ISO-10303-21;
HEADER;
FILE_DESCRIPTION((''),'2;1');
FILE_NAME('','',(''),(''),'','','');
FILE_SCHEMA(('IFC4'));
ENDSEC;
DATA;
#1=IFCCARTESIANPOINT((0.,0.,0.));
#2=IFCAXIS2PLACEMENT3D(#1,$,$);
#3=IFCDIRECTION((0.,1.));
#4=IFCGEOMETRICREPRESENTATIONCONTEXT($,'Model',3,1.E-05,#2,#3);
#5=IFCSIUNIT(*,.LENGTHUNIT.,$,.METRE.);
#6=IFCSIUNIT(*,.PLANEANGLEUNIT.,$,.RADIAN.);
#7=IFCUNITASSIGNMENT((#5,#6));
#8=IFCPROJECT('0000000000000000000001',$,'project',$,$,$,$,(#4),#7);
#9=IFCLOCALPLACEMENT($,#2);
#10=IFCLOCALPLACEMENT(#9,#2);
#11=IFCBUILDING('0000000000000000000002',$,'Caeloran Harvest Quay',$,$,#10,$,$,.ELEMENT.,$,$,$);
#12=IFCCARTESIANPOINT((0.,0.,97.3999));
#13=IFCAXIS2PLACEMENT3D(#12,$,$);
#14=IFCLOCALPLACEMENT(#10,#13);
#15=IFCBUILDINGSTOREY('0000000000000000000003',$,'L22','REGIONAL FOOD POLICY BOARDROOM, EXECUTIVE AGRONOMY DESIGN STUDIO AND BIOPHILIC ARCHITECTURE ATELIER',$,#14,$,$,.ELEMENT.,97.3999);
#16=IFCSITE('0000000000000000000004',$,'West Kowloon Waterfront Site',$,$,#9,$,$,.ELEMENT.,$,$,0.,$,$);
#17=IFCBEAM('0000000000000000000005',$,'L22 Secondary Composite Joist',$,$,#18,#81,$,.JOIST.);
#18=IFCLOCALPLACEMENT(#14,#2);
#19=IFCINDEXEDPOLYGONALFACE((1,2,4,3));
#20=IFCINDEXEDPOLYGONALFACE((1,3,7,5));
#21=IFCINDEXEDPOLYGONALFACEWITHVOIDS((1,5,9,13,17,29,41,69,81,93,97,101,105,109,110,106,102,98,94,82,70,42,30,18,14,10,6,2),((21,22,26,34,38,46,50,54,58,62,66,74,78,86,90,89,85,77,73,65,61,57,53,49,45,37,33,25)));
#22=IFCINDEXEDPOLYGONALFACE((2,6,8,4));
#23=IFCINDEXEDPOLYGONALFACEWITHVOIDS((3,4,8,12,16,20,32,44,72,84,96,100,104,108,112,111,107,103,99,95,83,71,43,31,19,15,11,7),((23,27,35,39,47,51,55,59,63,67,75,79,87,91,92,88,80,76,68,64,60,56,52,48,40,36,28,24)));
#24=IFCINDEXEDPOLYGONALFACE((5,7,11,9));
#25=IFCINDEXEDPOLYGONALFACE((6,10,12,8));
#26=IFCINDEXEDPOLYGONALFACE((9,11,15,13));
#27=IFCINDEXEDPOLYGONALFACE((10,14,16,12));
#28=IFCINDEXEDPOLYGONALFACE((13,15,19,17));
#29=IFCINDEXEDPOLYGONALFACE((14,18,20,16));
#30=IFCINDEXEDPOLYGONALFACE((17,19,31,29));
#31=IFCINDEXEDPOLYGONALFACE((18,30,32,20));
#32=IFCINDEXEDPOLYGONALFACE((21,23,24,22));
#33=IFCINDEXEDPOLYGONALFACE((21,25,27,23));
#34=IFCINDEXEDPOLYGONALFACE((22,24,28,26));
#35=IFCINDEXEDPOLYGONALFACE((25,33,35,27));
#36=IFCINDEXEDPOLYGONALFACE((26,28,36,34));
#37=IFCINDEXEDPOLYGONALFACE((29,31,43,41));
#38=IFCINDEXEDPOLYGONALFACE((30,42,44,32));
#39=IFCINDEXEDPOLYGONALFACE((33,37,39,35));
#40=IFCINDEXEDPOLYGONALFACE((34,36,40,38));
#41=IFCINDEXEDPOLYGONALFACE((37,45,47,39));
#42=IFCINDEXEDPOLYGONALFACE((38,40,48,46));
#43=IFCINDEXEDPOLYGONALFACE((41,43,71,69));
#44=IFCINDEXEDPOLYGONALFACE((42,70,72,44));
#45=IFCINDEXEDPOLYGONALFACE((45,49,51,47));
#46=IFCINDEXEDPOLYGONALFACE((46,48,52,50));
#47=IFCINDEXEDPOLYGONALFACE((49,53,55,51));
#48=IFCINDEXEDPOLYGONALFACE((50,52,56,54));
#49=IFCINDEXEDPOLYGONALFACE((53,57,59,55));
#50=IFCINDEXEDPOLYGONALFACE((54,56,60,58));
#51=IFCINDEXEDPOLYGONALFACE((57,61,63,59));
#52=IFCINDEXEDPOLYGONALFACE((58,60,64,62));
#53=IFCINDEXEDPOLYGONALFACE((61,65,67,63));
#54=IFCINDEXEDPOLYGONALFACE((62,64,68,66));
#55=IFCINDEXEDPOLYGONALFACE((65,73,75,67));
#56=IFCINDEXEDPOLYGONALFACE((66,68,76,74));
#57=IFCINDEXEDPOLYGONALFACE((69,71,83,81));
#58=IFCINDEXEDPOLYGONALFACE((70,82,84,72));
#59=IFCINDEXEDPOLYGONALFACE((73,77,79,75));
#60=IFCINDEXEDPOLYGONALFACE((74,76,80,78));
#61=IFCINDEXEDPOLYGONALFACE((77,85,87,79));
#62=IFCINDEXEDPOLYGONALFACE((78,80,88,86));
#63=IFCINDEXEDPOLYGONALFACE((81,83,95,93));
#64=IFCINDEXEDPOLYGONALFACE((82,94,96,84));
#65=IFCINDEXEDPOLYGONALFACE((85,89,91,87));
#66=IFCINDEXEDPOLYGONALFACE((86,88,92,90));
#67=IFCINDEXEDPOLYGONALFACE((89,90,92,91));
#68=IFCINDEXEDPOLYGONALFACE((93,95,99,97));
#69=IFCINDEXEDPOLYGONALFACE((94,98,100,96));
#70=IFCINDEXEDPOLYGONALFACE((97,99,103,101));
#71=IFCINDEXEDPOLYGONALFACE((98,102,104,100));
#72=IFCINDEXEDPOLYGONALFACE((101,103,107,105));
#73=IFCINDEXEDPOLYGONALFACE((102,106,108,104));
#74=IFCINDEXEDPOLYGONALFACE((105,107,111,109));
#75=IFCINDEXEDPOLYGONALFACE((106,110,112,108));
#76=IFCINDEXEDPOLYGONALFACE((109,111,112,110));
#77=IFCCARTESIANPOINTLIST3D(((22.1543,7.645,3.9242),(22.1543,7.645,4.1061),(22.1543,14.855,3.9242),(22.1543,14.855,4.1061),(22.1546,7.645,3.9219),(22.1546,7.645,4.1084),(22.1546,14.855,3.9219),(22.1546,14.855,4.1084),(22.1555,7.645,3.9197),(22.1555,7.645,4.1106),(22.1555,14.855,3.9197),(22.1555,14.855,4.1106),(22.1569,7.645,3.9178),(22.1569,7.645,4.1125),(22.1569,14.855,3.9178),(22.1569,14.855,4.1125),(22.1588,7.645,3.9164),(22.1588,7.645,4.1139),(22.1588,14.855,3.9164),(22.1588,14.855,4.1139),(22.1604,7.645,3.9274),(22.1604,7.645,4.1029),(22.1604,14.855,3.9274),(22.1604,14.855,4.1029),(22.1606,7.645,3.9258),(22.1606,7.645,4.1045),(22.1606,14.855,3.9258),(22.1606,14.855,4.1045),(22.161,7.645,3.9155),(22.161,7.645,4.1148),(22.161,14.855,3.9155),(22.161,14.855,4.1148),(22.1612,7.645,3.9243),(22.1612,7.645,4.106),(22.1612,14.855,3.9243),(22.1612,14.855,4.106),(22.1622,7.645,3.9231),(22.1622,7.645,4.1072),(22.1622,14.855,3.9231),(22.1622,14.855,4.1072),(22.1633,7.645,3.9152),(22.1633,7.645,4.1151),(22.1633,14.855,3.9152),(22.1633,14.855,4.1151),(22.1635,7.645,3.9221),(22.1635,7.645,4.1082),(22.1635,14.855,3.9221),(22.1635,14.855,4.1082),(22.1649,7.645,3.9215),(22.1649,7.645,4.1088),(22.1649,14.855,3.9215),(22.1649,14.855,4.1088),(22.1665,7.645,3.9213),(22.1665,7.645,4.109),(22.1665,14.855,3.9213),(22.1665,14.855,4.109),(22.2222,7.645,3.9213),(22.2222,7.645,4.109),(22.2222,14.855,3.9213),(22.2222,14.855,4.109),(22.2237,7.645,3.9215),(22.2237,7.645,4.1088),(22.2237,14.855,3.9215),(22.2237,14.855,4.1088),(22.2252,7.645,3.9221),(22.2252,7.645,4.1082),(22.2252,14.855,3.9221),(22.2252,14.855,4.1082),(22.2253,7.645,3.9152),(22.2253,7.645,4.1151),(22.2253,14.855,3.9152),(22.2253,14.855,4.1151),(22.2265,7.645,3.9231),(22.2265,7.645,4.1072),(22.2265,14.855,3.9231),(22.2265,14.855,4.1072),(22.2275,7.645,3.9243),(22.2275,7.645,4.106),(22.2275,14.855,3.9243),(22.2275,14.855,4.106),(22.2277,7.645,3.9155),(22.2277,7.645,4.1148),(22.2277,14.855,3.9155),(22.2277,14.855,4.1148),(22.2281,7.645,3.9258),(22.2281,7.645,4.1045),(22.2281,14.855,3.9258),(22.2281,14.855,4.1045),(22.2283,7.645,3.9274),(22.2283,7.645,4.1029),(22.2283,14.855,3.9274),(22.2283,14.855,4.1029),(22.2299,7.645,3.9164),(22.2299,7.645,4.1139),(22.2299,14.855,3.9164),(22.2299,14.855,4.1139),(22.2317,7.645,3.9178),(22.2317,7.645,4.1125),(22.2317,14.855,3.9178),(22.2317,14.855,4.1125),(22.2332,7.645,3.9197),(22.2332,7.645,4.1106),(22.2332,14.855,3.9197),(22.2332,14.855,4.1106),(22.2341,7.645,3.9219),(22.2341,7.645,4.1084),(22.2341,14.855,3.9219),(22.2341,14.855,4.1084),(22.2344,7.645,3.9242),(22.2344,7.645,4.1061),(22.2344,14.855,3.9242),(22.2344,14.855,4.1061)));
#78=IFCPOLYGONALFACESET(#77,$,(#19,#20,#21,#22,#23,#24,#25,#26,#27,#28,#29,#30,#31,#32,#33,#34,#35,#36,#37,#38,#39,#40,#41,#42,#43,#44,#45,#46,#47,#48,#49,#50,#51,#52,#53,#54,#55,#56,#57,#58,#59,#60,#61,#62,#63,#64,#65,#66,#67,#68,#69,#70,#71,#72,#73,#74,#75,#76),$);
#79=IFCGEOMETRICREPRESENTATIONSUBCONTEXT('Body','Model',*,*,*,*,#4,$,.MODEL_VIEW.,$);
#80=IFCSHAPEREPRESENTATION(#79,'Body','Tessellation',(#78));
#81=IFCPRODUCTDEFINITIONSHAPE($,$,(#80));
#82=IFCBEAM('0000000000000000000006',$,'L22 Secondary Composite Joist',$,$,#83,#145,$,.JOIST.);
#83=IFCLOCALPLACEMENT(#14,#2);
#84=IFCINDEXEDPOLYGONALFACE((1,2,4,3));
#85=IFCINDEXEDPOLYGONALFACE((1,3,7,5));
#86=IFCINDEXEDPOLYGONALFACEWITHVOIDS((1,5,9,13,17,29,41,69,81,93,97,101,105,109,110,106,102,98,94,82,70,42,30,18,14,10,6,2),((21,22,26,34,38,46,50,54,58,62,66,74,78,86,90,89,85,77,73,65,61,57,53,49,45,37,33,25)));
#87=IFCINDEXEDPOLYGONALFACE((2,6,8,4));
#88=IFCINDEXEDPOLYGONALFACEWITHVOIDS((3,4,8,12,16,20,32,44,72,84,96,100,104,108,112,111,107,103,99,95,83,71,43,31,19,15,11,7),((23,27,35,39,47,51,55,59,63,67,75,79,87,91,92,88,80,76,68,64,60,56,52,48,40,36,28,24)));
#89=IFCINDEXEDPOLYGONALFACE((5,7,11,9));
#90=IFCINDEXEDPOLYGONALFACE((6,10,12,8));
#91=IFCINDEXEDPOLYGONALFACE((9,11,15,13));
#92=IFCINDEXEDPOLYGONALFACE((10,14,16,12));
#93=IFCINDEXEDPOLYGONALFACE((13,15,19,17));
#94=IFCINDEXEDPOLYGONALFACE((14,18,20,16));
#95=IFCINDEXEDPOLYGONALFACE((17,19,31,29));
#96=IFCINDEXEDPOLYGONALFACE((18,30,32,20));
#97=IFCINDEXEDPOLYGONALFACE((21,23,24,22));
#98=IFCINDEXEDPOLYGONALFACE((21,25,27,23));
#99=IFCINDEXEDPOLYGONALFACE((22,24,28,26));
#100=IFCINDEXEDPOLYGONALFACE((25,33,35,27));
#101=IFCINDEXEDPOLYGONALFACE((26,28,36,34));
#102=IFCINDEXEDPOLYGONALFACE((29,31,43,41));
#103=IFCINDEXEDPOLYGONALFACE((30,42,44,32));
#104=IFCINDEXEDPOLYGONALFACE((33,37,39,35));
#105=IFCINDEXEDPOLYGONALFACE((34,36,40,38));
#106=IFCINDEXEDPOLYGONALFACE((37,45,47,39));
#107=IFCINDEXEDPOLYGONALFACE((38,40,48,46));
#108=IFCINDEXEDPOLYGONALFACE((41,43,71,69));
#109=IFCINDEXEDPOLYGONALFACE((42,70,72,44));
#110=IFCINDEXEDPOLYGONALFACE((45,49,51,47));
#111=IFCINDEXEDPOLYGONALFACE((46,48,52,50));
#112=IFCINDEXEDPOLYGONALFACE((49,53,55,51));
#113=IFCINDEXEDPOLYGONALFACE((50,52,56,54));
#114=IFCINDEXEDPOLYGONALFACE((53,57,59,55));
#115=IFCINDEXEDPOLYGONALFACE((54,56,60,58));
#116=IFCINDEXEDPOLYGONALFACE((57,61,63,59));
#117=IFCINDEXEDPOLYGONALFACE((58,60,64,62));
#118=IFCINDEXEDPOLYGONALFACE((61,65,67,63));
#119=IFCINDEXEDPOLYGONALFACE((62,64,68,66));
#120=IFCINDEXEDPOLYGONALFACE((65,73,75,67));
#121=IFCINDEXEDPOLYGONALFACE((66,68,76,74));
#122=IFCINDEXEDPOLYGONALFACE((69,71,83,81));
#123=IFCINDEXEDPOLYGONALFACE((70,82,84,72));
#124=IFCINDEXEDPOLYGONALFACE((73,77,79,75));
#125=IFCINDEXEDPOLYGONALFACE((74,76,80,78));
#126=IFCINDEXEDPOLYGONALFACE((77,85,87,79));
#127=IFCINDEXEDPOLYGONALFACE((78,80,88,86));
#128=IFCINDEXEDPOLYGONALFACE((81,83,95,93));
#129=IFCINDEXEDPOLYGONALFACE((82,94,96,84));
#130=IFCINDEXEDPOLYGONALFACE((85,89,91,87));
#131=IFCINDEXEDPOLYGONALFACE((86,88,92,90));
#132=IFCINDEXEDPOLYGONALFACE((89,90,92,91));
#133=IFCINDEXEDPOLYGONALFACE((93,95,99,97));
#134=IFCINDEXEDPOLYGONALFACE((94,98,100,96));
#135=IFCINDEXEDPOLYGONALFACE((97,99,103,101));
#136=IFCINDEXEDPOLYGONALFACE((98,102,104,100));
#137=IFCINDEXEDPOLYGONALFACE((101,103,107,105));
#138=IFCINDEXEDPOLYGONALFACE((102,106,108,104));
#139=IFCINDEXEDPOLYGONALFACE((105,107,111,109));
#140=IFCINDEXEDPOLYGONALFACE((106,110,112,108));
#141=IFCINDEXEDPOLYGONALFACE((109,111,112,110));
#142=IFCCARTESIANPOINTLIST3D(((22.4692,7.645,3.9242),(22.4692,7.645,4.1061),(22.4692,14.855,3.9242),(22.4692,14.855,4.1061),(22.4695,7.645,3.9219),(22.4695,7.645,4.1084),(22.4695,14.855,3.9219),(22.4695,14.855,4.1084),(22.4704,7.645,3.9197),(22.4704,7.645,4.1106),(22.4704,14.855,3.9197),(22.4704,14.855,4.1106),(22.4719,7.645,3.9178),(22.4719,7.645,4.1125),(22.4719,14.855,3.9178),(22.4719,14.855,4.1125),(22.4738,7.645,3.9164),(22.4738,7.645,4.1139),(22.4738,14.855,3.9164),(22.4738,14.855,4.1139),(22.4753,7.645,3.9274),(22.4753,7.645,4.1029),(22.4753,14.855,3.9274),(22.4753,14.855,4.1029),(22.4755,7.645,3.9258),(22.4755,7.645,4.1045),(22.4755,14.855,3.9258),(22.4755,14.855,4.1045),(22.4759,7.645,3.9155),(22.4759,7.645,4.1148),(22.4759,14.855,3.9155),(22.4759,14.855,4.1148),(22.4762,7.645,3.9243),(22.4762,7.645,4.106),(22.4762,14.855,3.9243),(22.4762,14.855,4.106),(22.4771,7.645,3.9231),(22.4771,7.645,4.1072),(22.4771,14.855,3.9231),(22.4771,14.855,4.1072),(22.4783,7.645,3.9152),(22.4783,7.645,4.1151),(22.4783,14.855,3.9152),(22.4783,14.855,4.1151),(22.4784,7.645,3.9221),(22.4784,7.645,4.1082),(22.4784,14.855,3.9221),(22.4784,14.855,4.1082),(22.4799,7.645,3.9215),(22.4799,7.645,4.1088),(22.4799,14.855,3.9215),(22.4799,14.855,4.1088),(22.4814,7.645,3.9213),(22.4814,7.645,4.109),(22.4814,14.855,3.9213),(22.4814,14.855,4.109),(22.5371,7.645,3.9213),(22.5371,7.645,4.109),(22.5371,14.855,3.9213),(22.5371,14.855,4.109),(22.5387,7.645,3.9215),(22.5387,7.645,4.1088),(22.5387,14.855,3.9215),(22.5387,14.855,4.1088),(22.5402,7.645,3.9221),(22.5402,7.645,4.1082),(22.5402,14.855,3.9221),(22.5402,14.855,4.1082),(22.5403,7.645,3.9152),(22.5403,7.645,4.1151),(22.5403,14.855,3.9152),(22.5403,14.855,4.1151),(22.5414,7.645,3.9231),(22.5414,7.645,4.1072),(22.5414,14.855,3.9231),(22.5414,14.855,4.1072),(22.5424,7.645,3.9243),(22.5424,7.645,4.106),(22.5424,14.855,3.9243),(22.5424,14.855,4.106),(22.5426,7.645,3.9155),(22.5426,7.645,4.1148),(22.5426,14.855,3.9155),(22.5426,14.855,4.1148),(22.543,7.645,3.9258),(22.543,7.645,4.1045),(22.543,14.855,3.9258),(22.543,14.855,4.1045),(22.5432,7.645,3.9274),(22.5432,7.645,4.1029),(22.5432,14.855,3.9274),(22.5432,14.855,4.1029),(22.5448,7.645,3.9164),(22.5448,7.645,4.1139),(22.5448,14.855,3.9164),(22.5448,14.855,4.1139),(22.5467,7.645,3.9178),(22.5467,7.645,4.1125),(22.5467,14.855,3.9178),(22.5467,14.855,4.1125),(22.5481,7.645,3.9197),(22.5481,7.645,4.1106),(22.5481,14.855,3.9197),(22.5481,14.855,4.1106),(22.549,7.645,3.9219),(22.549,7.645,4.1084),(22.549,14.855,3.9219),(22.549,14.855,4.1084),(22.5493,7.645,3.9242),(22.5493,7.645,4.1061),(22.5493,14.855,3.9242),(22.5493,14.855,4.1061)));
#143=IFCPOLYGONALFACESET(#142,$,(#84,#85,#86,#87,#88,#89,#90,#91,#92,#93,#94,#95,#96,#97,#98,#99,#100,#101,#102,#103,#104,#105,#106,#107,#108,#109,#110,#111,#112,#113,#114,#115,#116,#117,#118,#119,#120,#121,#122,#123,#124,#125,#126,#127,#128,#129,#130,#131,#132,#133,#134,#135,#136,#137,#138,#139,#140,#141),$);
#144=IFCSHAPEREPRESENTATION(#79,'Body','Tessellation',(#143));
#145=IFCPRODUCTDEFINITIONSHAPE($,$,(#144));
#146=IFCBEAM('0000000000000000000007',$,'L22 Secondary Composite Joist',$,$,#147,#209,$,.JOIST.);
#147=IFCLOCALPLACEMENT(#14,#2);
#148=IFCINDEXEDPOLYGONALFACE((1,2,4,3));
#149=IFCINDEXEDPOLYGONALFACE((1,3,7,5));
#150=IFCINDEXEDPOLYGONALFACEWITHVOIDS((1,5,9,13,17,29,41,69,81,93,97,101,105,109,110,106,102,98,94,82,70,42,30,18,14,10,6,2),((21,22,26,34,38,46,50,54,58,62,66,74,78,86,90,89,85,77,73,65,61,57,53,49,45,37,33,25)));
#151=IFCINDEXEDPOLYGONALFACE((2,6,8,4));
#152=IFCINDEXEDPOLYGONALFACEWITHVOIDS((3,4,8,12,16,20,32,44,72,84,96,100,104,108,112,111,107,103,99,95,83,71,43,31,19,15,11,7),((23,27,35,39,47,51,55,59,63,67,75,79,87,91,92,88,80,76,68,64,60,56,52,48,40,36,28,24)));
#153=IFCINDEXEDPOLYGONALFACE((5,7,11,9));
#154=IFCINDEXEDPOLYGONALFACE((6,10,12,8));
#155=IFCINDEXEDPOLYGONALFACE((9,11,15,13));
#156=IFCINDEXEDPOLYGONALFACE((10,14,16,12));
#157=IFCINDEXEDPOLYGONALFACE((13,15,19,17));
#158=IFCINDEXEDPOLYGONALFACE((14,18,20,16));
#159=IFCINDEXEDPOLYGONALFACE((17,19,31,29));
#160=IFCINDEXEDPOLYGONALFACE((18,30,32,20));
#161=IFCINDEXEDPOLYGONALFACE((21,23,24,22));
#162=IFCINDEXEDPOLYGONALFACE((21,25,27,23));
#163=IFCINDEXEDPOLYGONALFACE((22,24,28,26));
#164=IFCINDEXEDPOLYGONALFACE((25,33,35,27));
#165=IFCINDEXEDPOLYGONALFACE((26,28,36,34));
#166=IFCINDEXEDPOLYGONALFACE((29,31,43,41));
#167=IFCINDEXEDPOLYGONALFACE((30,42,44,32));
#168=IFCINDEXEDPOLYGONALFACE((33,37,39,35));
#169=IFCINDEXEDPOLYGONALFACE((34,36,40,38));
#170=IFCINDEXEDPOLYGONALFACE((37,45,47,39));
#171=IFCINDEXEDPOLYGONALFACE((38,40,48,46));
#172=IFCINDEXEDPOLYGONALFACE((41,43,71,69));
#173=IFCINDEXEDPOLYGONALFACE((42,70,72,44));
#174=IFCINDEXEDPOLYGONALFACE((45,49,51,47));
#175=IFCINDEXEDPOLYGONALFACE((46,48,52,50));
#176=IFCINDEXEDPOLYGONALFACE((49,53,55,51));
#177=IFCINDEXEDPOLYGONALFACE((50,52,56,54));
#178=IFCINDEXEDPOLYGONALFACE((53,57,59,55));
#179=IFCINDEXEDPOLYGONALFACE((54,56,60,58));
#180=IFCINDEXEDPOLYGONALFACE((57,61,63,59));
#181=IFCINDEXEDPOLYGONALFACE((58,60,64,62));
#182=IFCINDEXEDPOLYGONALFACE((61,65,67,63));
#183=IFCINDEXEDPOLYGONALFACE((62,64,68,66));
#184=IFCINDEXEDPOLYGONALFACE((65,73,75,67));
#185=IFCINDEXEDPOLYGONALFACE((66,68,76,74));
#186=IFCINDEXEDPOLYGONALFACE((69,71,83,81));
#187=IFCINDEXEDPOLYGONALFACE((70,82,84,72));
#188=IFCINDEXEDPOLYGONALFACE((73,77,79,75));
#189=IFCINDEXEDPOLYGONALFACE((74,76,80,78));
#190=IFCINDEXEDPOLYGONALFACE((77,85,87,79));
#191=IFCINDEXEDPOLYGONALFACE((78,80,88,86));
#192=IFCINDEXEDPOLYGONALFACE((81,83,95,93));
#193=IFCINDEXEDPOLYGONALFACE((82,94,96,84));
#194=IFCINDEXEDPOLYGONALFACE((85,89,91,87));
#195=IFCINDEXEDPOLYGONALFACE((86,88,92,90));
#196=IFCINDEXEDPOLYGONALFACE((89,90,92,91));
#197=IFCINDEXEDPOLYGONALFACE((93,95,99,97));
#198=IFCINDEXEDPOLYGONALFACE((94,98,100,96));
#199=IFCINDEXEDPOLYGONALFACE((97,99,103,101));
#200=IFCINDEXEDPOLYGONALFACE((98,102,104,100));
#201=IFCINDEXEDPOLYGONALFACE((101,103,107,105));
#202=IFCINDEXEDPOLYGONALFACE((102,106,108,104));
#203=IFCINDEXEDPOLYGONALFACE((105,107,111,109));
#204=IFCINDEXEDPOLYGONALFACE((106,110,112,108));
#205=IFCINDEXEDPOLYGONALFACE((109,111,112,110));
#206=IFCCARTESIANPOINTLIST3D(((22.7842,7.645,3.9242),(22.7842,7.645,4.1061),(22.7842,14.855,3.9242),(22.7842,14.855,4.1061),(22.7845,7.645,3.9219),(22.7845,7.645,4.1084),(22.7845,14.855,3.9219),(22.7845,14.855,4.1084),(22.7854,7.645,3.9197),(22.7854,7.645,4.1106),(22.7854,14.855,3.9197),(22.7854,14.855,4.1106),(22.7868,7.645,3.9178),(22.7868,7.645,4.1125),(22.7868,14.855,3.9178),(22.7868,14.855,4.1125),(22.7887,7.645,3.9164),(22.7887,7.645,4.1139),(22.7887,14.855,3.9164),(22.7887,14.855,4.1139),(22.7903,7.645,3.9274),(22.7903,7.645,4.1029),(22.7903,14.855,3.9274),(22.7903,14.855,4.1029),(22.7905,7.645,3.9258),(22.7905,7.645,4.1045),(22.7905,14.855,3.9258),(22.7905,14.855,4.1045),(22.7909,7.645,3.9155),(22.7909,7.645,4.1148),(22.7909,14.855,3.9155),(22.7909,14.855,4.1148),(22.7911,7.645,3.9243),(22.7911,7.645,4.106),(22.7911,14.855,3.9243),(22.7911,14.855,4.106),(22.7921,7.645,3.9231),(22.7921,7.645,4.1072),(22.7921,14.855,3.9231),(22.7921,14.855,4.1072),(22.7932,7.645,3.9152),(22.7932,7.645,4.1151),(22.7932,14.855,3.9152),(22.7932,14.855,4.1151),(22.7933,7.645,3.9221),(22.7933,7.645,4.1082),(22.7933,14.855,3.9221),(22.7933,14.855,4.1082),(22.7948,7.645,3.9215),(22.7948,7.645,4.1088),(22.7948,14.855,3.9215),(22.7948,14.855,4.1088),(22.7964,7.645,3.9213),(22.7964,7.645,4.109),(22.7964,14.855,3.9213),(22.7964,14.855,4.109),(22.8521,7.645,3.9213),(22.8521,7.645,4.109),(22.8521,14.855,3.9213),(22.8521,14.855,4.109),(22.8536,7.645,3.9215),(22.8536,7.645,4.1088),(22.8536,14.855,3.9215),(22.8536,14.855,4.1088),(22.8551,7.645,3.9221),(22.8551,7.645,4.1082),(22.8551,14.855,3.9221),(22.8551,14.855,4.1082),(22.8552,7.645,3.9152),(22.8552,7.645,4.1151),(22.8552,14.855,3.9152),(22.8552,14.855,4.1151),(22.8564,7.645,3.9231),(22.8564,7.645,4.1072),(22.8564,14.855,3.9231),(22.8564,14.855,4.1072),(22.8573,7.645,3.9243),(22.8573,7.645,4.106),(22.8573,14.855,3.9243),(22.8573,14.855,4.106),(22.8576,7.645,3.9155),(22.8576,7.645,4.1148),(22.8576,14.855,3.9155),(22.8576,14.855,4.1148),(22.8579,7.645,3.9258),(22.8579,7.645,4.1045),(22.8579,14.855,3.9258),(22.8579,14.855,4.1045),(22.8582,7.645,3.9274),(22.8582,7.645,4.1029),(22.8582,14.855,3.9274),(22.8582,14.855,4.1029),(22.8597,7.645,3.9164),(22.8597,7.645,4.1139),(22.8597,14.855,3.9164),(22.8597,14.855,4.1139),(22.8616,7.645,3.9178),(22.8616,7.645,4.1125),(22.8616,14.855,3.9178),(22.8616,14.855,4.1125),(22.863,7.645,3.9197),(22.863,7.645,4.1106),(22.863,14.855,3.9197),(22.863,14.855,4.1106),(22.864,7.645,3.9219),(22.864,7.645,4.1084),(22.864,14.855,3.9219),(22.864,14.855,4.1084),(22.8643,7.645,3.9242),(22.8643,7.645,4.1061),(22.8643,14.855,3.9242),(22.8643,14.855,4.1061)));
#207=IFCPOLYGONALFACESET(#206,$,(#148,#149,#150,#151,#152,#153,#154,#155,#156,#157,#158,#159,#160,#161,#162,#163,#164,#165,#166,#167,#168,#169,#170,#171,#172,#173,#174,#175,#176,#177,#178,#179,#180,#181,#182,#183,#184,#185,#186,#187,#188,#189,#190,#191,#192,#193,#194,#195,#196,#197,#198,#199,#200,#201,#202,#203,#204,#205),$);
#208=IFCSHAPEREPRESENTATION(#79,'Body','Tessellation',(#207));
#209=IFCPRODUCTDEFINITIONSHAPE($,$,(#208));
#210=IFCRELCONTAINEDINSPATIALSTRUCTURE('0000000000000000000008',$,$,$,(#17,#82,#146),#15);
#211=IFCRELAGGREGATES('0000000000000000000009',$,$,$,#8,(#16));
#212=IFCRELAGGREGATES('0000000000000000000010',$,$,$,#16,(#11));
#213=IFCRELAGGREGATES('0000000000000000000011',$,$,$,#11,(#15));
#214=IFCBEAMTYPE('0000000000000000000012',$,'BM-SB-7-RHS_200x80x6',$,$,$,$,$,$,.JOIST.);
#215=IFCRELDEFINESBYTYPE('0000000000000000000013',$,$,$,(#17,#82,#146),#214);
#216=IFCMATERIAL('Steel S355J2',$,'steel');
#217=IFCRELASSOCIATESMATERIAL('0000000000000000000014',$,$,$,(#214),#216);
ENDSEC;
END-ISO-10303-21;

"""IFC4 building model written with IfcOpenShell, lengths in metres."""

from ifc_helpers import new_model, si_unit, direction, frame, origin, origin_2d, place, context, subcontext, project, spatial, hollow_rectangle, extrude, material, material_profile, profile_set, type_object, element, save


model = new_model("IFC4")

# Units and contexts
model_context = context("Model", 3, precision=1e-05, world=origin(), true_north=direction((0.0, 1.0)))
body_context = subcontext(model_context, "Body", "Model", "MODEL_VIEW")
ifc_project = project(units=[si_unit("LENGTHUNIT", "METRE"), si_unit("PLANEANGLEUNIT", "RADIAN")], contexts=[model_context])

# Site, building, storey
site_placement = place(None, origin())
site = spatial("IfcSite", under=ifc_project, at=site_placement, Name="West Kowloon Waterfront Site", CompositionType="ELEMENT", RefElevation=0.0)
building_placement = place(site_placement, origin())
building = spatial("IfcBuilding", under=site, at=building_placement, Name="Caeloran Harvest Quay", CompositionType="ELEMENT")
storey_placement = place(building_placement, frame((0.0, 0.0, 97.3999)))
storey = spatial("IfcBuildingStorey", under=building, at=storey_placement, Name="L22", Description="REGIONAL FOOD POLICY BOARDROOM, EXECUTIVE AGRONOMY DESIGN STUDIO AND BIOPHILIC ARCHITECTURE ATELIER", CompositionType="ELEMENT", Elevation=97.3999)

# Beams
ifc_material_1 = material(Name="Steel S355J2", Category="steel")
ifc_material_profile_1 = material_profile(ifc_material_1, hollow_rectangle(XDim=0.0801, YDim=0.2, WallThickness=0.0061, InnerFilletRadius=0.0061, OuterFilletRadius=0.009, at=origin_2d()), Name="RHS 200x80x6")
ifc_profile_set_1 = profile_set([ifc_material_profile_1], Name="Steel S355J2")
beam_type_1 = type_object("IfcBeamType", Name="BM-SB-7-RHS_200x80x6", PredefinedType="JOIST", material=ifc_profile_set_1)
for number, where, z_axis, x_axis, name in (
    (1, (22.1943, 7.645, 4.0151), (0.0, 1.0, 0.0), (-1.0, 0.0, 0.0), "L22 Secondary Composite Joist"),
    (2, (22.5093, 7.645, 4.0151), (0.0, 1.0, 0.0), (-1.0, 0.0, 0.0), "L22 Secondary Composite Joist"),
    (3, (22.8242, 7.645, 4.0151), (0.0, 1.0, 0.0), (-1.0, 0.0, 0.0), "L22 Secondary Composite Joist"),
):
    element("IfcBeam", number, at=place(storey_placement, frame(where, z_axis=z_axis, x_axis=x_axis)), inside=storey, type_object=beam_type_1, Name=name, PredefinedType="JOIST", context=body_context, shape_type="SweptSolid", body=[
        extrude(hollow_rectangle(XDim=0.0801, YDim=0.2, WallThickness=0.0061, InnerFilletRadius=0.0061, OuterFilletRadius=0.009, at=origin_2d()), origin(), (0.0, 0.0, 1.0), 7.21),
    ])

save(model, "model.ifc")
